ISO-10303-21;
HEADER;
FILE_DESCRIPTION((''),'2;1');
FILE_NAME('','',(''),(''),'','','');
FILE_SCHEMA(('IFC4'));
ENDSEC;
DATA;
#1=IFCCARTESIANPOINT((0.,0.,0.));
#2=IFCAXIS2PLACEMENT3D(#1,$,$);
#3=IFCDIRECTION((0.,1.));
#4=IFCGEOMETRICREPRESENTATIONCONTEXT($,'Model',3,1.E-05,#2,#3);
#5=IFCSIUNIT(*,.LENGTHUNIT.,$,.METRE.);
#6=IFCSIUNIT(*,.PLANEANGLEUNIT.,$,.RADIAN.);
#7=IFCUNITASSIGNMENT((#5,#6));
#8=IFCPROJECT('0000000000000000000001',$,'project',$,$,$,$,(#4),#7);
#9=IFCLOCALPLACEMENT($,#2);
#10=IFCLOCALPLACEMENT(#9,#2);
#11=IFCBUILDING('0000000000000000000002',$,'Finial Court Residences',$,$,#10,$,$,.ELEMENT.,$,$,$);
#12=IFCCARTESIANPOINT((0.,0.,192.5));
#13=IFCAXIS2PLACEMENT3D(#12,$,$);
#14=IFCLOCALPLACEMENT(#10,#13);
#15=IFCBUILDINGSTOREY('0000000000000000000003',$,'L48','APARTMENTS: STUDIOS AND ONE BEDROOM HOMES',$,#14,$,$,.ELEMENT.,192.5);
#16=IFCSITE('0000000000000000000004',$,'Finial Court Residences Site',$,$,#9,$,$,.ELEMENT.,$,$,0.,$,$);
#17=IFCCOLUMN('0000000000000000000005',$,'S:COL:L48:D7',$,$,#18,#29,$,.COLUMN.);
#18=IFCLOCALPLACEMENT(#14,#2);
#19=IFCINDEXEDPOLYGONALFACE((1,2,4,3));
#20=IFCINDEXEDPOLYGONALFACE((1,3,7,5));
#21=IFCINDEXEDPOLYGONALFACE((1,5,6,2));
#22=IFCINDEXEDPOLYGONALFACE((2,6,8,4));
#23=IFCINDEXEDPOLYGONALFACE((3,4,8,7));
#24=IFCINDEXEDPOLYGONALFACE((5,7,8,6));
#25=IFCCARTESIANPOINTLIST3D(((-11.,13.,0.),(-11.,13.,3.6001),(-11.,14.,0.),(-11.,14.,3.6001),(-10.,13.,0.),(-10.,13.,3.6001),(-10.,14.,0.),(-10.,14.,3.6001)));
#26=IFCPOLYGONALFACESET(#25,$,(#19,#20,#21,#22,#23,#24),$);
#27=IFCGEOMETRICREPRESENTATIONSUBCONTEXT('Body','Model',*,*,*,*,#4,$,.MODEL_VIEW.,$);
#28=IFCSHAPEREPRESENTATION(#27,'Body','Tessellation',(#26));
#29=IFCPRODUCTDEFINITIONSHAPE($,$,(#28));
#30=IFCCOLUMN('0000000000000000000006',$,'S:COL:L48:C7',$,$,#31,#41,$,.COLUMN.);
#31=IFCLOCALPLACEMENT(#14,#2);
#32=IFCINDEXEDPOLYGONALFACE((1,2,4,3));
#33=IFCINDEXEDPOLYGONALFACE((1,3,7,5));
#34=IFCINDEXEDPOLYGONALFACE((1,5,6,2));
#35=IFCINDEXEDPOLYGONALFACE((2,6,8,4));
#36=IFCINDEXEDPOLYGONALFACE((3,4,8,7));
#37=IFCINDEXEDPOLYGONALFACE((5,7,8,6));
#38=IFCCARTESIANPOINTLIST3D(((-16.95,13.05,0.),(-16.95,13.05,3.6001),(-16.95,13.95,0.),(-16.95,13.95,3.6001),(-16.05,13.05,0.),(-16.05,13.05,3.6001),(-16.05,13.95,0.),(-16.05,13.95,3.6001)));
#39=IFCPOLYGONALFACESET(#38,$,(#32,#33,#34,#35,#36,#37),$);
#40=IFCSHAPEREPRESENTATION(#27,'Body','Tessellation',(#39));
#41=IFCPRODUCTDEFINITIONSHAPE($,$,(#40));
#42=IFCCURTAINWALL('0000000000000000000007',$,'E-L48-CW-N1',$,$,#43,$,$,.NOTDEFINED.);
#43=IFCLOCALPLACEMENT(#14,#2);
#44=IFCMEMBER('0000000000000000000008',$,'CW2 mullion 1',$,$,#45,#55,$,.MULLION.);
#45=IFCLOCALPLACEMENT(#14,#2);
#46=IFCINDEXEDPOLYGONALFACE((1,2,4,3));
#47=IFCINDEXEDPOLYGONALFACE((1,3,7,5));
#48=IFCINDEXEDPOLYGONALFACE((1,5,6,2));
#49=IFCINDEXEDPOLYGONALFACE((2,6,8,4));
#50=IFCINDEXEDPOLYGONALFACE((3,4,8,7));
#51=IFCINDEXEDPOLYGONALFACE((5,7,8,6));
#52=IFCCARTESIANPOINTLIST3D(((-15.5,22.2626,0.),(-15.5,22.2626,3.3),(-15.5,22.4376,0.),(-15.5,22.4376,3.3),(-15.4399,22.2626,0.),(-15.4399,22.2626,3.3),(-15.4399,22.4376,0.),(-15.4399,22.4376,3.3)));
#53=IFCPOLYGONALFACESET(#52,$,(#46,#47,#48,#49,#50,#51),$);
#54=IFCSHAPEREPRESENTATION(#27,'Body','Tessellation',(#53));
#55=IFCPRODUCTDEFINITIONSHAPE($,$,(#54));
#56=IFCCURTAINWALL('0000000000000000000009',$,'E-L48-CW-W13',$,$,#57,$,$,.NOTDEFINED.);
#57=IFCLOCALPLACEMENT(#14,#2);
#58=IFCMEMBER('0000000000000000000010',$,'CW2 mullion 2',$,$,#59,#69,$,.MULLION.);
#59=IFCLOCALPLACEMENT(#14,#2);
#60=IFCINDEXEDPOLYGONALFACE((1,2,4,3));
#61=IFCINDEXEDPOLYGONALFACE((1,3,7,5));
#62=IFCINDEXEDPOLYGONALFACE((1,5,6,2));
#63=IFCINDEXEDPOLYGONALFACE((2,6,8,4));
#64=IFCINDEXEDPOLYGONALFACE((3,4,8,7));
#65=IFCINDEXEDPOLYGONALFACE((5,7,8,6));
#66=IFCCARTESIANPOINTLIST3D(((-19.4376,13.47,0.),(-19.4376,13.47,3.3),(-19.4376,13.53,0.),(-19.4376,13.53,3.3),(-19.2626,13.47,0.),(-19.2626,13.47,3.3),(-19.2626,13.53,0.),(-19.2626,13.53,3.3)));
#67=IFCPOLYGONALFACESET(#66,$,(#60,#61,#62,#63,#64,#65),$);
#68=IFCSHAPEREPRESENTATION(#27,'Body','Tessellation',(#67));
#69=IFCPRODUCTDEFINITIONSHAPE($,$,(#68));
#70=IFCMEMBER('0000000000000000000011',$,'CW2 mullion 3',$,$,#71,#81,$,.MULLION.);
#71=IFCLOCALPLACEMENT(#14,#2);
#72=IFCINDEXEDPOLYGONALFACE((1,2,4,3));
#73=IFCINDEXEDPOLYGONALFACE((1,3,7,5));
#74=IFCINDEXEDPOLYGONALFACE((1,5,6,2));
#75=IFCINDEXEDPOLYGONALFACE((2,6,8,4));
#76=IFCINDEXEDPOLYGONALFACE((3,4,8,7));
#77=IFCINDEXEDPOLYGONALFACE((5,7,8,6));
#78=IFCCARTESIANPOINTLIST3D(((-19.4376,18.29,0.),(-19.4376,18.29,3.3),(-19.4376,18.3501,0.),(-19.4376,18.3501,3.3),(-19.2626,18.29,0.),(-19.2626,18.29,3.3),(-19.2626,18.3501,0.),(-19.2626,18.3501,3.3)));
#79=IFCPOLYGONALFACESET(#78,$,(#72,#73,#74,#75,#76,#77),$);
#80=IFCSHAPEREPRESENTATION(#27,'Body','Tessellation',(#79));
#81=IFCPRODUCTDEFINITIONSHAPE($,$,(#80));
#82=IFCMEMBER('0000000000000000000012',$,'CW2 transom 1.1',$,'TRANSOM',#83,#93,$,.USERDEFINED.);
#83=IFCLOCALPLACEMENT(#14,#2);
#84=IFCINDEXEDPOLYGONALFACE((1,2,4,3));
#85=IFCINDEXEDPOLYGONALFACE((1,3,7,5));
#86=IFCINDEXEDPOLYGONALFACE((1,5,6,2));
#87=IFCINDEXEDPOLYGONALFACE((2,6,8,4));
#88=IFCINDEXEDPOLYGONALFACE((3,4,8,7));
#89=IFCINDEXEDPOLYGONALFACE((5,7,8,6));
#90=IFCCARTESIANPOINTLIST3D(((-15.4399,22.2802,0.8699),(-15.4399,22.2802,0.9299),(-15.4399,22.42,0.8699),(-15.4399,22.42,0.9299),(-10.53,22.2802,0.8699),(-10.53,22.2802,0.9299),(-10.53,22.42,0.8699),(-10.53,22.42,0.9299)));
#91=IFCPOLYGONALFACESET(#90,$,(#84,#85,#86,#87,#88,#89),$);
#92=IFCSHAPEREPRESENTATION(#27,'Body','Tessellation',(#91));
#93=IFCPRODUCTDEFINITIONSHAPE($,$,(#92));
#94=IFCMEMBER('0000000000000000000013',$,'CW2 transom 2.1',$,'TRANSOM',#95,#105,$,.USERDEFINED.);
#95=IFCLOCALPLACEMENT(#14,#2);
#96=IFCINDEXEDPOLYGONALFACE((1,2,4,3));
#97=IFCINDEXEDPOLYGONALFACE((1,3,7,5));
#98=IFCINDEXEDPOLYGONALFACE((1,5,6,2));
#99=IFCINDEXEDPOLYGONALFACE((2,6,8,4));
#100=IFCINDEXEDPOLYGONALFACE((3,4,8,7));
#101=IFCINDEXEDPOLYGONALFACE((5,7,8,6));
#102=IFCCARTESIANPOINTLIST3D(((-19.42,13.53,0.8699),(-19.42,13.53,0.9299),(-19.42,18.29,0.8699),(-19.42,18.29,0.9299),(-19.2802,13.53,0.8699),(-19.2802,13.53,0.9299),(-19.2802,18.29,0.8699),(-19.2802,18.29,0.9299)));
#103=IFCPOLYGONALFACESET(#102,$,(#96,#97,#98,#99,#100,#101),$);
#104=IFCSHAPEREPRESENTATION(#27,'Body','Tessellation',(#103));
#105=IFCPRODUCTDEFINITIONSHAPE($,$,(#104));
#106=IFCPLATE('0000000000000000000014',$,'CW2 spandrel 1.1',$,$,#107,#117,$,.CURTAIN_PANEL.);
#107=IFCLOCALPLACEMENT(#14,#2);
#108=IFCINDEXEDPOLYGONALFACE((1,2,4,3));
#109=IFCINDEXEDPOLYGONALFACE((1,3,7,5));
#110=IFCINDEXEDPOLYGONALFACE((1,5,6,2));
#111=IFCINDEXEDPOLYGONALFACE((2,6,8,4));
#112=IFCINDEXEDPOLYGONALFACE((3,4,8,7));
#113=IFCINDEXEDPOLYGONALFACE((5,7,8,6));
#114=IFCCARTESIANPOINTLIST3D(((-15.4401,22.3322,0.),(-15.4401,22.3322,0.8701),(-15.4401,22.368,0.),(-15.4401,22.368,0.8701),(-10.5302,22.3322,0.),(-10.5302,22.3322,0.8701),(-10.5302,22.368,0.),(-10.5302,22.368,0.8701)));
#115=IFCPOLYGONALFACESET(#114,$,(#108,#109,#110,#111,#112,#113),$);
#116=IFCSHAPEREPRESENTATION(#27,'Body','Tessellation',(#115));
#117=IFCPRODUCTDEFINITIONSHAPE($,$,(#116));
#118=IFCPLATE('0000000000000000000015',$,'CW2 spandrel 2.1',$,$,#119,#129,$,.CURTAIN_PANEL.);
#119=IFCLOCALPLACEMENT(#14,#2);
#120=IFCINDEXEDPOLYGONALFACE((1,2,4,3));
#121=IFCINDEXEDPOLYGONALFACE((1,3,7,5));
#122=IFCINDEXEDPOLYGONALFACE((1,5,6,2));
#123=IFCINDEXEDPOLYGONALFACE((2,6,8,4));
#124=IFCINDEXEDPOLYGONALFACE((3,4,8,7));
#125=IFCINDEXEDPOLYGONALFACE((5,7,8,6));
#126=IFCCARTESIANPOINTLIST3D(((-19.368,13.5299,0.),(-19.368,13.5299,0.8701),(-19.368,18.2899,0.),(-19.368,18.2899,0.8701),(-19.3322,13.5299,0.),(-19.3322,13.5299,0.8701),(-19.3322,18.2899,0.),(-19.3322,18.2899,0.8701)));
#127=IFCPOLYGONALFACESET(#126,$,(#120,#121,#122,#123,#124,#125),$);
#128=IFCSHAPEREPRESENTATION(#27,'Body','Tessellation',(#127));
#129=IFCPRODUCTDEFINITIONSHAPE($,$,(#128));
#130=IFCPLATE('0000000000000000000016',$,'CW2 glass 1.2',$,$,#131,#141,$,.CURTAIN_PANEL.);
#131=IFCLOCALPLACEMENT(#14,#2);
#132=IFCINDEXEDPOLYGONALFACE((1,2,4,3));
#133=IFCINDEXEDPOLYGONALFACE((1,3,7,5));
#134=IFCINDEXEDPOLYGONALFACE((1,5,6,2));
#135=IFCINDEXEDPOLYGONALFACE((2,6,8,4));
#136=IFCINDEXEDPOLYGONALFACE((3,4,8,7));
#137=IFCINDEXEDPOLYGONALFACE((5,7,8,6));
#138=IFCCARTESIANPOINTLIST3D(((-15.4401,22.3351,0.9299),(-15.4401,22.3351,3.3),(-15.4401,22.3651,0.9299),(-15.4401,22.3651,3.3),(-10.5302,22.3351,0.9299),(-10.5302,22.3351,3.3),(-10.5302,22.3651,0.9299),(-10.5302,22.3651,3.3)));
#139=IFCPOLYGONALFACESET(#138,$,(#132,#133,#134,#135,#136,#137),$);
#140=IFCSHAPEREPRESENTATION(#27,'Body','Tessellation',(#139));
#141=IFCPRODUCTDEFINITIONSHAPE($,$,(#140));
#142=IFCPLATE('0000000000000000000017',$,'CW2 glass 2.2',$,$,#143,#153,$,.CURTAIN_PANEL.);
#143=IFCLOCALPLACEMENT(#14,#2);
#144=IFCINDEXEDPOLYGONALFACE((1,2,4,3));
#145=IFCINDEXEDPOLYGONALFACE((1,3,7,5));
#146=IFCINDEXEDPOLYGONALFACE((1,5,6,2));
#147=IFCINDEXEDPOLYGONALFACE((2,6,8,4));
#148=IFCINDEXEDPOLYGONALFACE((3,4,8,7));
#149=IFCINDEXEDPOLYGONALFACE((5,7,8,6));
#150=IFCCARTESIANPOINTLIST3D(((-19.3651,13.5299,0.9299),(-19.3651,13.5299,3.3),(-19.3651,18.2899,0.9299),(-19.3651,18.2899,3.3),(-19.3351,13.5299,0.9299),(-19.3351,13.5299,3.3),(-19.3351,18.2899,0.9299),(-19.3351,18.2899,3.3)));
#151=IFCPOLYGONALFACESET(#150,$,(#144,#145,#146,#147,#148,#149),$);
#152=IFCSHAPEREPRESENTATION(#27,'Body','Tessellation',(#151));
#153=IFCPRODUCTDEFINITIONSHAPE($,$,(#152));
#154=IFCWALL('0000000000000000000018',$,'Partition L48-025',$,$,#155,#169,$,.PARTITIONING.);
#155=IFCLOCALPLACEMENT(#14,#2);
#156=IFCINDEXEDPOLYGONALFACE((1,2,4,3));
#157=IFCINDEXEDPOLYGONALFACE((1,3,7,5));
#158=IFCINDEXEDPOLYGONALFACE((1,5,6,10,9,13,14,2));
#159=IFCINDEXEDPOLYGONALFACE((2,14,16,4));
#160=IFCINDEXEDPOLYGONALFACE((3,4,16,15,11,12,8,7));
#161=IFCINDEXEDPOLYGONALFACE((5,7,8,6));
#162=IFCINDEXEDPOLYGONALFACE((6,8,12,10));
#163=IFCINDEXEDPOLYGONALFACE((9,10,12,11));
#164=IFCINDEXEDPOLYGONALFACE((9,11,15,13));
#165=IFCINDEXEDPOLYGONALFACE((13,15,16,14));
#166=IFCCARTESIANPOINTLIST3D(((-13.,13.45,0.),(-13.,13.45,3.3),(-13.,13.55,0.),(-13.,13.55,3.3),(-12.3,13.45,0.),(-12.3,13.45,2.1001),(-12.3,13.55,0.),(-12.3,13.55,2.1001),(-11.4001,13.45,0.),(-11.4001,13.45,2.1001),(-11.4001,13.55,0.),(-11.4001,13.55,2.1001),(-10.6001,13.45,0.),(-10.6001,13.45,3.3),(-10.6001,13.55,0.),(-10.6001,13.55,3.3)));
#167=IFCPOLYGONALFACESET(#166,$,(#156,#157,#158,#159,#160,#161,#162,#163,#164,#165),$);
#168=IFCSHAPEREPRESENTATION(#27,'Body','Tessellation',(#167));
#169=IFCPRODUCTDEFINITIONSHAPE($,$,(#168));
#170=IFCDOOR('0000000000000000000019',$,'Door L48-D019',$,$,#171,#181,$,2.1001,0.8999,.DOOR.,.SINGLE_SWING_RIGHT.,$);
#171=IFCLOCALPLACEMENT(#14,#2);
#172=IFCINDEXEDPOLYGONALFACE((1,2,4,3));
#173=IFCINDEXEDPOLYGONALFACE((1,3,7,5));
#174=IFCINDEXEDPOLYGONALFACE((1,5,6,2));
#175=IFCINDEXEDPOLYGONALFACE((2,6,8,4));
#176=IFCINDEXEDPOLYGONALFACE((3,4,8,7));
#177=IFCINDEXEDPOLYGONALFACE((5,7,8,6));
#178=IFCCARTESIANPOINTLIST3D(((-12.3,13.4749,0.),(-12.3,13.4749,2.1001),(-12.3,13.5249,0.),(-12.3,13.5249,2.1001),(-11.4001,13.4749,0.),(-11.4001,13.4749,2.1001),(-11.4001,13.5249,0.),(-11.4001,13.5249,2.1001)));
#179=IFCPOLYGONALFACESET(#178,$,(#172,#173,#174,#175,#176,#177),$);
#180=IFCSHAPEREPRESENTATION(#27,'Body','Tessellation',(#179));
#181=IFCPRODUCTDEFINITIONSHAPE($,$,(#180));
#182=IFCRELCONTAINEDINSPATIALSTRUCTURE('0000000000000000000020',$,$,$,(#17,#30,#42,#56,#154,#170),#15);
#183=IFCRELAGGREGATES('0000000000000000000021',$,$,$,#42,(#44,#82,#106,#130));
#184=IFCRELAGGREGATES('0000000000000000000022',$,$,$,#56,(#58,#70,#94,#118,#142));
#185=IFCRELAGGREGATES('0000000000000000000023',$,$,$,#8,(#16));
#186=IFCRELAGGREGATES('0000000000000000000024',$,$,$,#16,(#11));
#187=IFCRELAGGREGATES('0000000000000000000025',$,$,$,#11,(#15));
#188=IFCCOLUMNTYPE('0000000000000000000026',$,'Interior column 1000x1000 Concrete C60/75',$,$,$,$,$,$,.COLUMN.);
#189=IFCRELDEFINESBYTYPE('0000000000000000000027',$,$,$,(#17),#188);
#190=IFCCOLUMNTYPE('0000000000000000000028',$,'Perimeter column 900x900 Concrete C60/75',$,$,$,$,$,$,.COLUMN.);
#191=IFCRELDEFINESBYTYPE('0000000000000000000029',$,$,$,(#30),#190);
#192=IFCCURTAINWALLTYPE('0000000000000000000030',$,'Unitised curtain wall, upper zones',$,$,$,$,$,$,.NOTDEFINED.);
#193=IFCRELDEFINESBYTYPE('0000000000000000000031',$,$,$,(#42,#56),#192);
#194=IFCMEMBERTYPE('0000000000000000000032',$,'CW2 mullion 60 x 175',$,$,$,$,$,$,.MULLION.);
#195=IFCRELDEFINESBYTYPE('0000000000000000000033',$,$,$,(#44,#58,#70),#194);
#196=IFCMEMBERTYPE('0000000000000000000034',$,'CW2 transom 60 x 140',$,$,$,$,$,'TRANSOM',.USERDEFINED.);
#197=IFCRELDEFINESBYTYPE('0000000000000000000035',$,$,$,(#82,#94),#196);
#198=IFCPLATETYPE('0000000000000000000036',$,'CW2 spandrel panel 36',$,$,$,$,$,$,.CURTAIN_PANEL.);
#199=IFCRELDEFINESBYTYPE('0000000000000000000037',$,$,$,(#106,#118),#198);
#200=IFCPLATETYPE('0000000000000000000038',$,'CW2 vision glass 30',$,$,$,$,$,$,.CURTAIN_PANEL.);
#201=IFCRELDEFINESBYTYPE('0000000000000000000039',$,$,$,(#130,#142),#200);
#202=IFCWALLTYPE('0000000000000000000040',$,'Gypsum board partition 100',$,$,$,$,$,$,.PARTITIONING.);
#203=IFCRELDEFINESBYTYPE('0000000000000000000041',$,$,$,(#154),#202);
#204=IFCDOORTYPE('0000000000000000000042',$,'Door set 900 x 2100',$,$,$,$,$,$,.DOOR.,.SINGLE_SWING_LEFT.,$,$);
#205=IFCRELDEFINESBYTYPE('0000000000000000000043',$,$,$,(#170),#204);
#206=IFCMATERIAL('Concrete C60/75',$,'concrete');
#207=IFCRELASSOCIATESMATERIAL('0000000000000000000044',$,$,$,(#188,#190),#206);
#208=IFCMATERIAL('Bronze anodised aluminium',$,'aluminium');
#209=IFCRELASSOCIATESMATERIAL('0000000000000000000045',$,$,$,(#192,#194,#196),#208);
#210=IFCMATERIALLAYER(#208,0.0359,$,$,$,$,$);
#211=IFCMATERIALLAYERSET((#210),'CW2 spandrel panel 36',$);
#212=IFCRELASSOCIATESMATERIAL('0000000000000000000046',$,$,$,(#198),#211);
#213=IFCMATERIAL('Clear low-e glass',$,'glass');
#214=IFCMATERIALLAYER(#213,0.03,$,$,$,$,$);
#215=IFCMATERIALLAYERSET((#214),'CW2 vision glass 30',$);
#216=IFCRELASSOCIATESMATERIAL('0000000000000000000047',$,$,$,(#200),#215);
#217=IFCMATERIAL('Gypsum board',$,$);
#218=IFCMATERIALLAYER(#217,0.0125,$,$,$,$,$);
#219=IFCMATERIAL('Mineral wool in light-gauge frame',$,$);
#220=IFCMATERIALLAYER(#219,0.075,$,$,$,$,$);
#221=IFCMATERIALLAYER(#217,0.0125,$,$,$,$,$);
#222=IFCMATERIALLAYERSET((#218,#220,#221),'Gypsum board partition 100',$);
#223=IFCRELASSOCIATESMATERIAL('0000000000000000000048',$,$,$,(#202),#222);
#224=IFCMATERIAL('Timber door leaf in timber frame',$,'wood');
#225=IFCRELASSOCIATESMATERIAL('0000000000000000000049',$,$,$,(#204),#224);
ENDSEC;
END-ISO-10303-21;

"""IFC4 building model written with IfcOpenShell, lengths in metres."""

from ifc_helpers import new_model, si_unit, direction, frame, frame_2d, origin, origin_2d, place, context, subcontext, project, spatial, rectangle, extrude, material, layer, layer_set, material_profile, profile_set, type_object, element, fill, aggregate, save


model = new_model("IFC4")

# Units and contexts
model_context = context("Model", 3, precision=1e-05, world=origin(), true_north=direction((0.0, 1.0)))
body_context = subcontext(model_context, "Body", "Model", "MODEL_VIEW")
ifc_project = project(units=[si_unit("LENGTHUNIT", "METRE"), si_unit("PLANEANGLEUNIT", "RADIAN")], contexts=[model_context])

# Site, building, storey
site_placement = place(None, origin())
site = spatial("IfcSite", under=ifc_project, at=site_placement, Name="Finial Court Residences Site", CompositionType="ELEMENT", RefElevation=0.0)
building_placement = place(site_placement, origin())
building = spatial("IfcBuilding", under=site, at=building_placement, Name="Finial Court Residences", CompositionType="ELEMENT")
storey_placement = place(building_placement, frame((0.0, 0.0, 192.5)))
storey = spatial("IfcBuildingStorey", under=building, at=storey_placement, Name="L48", Description="APARTMENTS: STUDIOS AND ONE BEDROOM HOMES", CompositionType="ELEMENT", Elevation=192.5)

# Columns
ifc_material_1 = material(Name="Concrete C60/75", Category="concrete")
ifc_material_profile_1 = material_profile(ifc_material_1, rectangle(XDim=1.0, YDim=1.0, at=origin_2d()), Name="1000x1000")
ifc_profile_set_1 = profile_set([ifc_material_profile_1], Name="Concrete C60/75")
column_type_1 = type_object("IfcColumnType", Name="Interior column 1000x1000 Concrete C60/75", PredefinedType="COLUMN", material=ifc_profile_set_1)
column_1_placement = place(storey_placement, frame((-10.5, 13.5, 0.0), z_axis=(0.0, 0.0, 1.0), x_axis=(1.0, 0.0, 0.0)))
element("IfcColumn", 1, at=column_1_placement, inside=storey, type_object=column_type_1, Name="S:COL:L48:D7", PredefinedType="COLUMN", context=body_context, shape_type="SweptSolid", body=[
    extrude(rectangle(XDim=1.0, YDim=1.0, at=origin_2d()), origin(), (0.0, 0.0, 1.0), 3.6001),
])
ifc_material_profile_2 = material_profile(ifc_material_1, rectangle(XDim=0.8999, YDim=0.8999, at=origin_2d()), Name="900x900")
ifc_profile_set_2 = profile_set([ifc_material_profile_2], Name="Concrete C60/75")
column_type_2 = type_object("IfcColumnType", Name="Perimeter column 900x900 Concrete C60/75", PredefinedType="COLUMN", material=ifc_profile_set_2)
column_2_placement = place(storey_placement, frame((-16.5, 13.5, 0.0), z_axis=(0.0, 0.0, 1.0), x_axis=(1.0, 0.0, 0.0)))
element("IfcColumn", 2, at=column_2_placement, inside=storey, type_object=column_type_2, Name="S:COL:L48:C7", PredefinedType="COLUMN", context=body_context, shape_type="SweptSolid", body=[
    extrude(rectangle(XDim=0.8999, YDim=0.8999, at=origin_2d()), origin(), (0.0, 0.0, 1.0), 3.6001),
])

# Curtain wall, member
ifc_material_2 = material(Name="Bronze anodised aluminium", Category="aluminium")
curtain_wall_type = type_object("IfcCurtainWallType", Name="Unitised curtain wall, upper zones", PredefinedType="NOTDEFINED", material=ifc_material_2)
curtain_wall_1_placement = place(storey_placement, origin())
curtain_wall_1 = element("IfcCurtainWall", 3, at=curtain_wall_1_placement, inside=storey, type_object=curtain_wall_type, Name="E-L48-CW-N1", PredefinedType="NOTDEFINED")
ifc_material_profile_3 = material_profile(ifc_material_2, rectangle(XDim=0.175, YDim=0.0601, at=origin_2d()), Name="CW2 mullion 60 x 175")
ifc_profile_set_3 = profile_set([ifc_material_profile_3], Name="Bronze anodised aluminium")
member_type_1 = type_object("IfcMemberType", Name="CW2 mullion 60 x 175", PredefinedType="MULLION", material=ifc_profile_set_3)
member_1_placement = place(storey_placement, frame((-15.47, 22.3501, 0.0), z_axis=(0.0, 0.0, 1.0), x_axis=(0.0, 1.0, 0.0)))
member_1 = element("IfcMember", 4, at=member_1_placement, type_object=member_type_1, Name="CW2 mullion 1", PredefinedType="MULLION", context=body_context, shape_type="SweptSolid", body=[
    extrude(rectangle(XDim=0.175, YDim=0.0601, at=origin_2d()), origin(), (0.0, 0.0, 1.0), 3.3),
])

# Curtain wall, members
curtain_wall_2_placement = place(storey_placement, origin())
curtain_wall_2 = element("IfcCurtainWall", 5, at=curtain_wall_2_placement, inside=storey, type_object=curtain_wall_type, Name="E-L48-CW-W13", PredefinedType="NOTDEFINED")
member_2_placement = place(storey_placement, frame((-19.3501, 13.5, 0.0), z_axis=(0.0, 0.0, 1.0), x_axis=(-1.0, 0.0, 0.0)))
member_2 = element("IfcMember", 6, at=member_2_placement, type_object=member_type_1, Name="CW2 mullion 2", PredefinedType="MULLION", context=body_context, shape_type="SweptSolid", body=[
    extrude(rectangle(XDim=0.175, YDim=0.0601, at=origin_2d()), origin(), (0.0, 0.0, 1.0), 3.3),
])
member_3_placement = place(storey_placement, frame((-19.3501, 18.3201, 0.0), z_axis=(0.0, 0.0, 1.0), x_axis=(-1.0, 0.0, 0.0)))
member_3 = element("IfcMember", 7, at=member_3_placement, type_object=member_type_1, Name="CW2 mullion 3", PredefinedType="MULLION", context=body_context, shape_type="SweptSolid", body=[
    extrude(rectangle(XDim=0.175, YDim=0.0601, at=origin_2d()), origin(), (0.0, 0.0, 1.0), 3.3),
])

# Members
ifc_material_profile_4 = material_profile(ifc_material_2, rectangle(XDim=0.1399, YDim=0.0601, at=origin_2d()), Name="CW2 transom 60 x 140")
ifc_profile_set_4 = profile_set([ifc_material_profile_4], Name="Bronze anodised aluminium")
member_type_2 = type_object("IfcMemberType", Name="CW2 transom 60 x 140", ElementType="TRANSOM", PredefinedType="USERDEFINED", material=ifc_profile_set_4)
member_4_placement = place(storey_placement, frame((-15.4399, 22.3501, 0.8999), z_axis=(1.0, 0.0, 0.0), x_axis=(0.0, 1.0, 0.0)))
member_4 = element("IfcMember", 8, at=member_4_placement, type_object=member_type_2, Name="CW2 transom 1.1", ObjectType="TRANSOM", PredefinedType="USERDEFINED", context=body_context, shape_type="SweptSolid", body=[
    extrude(rectangle(XDim=0.1399, YDim=0.0601, at=origin_2d()), origin(), (0.0, 0.0, 1.0), 4.9099),
])
member_5_placement = place(storey_placement, frame((-19.3501, 13.53, 0.8999), z_axis=(0.0, 1.0, 0.0), x_axis=(-1.0, 0.0, 0.0)))
member_5 = element("IfcMember", 9, at=member_5_placement, type_object=member_type_2, Name="CW2 transom 2.1", ObjectType="TRANSOM", PredefinedType="USERDEFINED", context=body_context, shape_type="SweptSolid", body=[
    extrude(rectangle(XDim=0.1399, YDim=0.0601, at=origin_2d()), origin(), (0.0, 0.0, 1.0), 4.76),
])

# Plates
ifc_layer_1 = layer(ifc_material_2, 0.0359)
ifc_layer_set_1 = layer_set([ifc_layer_1], Name="CW2 spandrel panel 36")
plate_type_1 = type_object("IfcPlateType", Name="CW2 spandrel panel 36", PredefinedType="CURTAIN_PANEL", material=ifc_layer_set_1)
plate_1_placement = place(storey_placement, frame((-12.9851, 22.3501, 0.0), z_axis=(0.0, 0.0, 1.0), x_axis=(1.0, 0.0, 0.0)))
plate_1 = element("IfcPlate", 10, at=plate_1_placement, type_object=plate_type_1, Name="CW2 spandrel 1.1", PredefinedType="CURTAIN_PANEL", context=body_context, shape_type="SweptSolid", body=[
    extrude(rectangle(XDim=4.9099, YDim=0.0359, at=origin_2d()), origin(), (0.0, 0.0, 1.0), 0.8701),
])
plate_2_placement = place(storey_placement, frame((-19.3501, 15.9099, 0.0), z_axis=(0.0, 0.0, 1.0), x_axis=(0.0, 1.0, 0.0)))
plate_2 = element("IfcPlate", 11, at=plate_2_placement, type_object=plate_type_1, Name="CW2 spandrel 2.1", PredefinedType="CURTAIN_PANEL", context=body_context, shape_type="SweptSolid", body=[
    extrude(rectangle(XDim=4.76, YDim=0.0359, at=origin_2d()), origin(), (0.0, 0.0, 1.0), 0.8701),
])
ifc_material_3 = material(Name="Clear low-e glass", Category="glass")
ifc_layer_2 = layer(ifc_material_3, 0.03)
ifc_layer_set_2 = layer_set([ifc_layer_2], Name="CW2 vision glass 30")
plate_type_2 = type_object("IfcPlateType", Name="CW2 vision glass 30", PredefinedType="CURTAIN_PANEL", material=ifc_layer_set_2)
plate_3_placement = place(storey_placement, frame((-12.9851, 22.3501, 0.9299), z_axis=(0.0, 0.0, 1.0), x_axis=(1.0, 0.0, 0.0)))
plate_3 = element("IfcPlate", 12, at=plate_3_placement, type_object=plate_type_2, Name="CW2 glass 1.2", PredefinedType="CURTAIN_PANEL", context=body_context, shape_type="SweptSolid", body=[
    extrude(rectangle(XDim=4.9099, YDim=0.03, at=origin_2d()), origin(), (0.0, 0.0, 1.0), 2.3701),
])
aggregate(curtain_wall_1, [member_1, member_4, plate_1, plate_3])
plate_4_placement = place(storey_placement, frame((-19.3501, 15.9099, 0.9299), z_axis=(0.0, 0.0, 1.0), x_axis=(0.0, 1.0, 0.0)))
plate_4 = element("IfcPlate", 13, at=plate_4_placement, type_object=plate_type_2, Name="CW2 glass 2.2", PredefinedType="CURTAIN_PANEL", context=body_context, shape_type="SweptSolid", body=[
    extrude(rectangle(XDim=4.76, YDim=0.03, at=origin_2d()), origin(), (0.0, 0.0, 1.0), 2.3701),
])
aggregate(curtain_wall_2, [member_2, member_3, member_5, plate_2, plate_4])

# Wall, opening, door
ifc_material_4 = material(Name="Gypsum board")
ifc_layer_3 = layer(ifc_material_4, 0.0125)
ifc_material_5 = material(Name="Mineral wool in light-gauge frame")
ifc_layer_4 = layer(ifc_material_5, 0.075)
ifc_layer_5 = layer(ifc_material_4, 0.0125)
ifc_layer_set_3 = layer_set([ifc_layer_3, ifc_layer_4, ifc_layer_5], Name="Gypsum board partition 100")
wall_type_1 = type_object("IfcWallType", Name="Gypsum board partition 100", PredefinedType="PARTITIONING", material=ifc_layer_set_3)
wall_1_placement = place(storey_placement, frame((-13.0, 13.5, 0.0), z_axis=(0.0, 0.0, 1.0), x_axis=(1.0, 0.0, 0.0)))
wall_1 = element("IfcWall", 14, at=wall_1_placement, inside=storey, type_object=wall_type_1, Name="Partition L48-025", PredefinedType="PARTITIONING", context=body_context, shape_type="SweptSolid", body=[
    extrude(rectangle(XDim=2.3999, YDim=0.1001, at=frame_2d((1.2, 0.0))), origin(), (0.0, 0.0, 1.0), 3.3),
])
opening_1_placement = place(wall_1_placement, frame((0.7, 0.0, 0.0)))
opening_1 = element("IfcOpeningElement", 15, at=opening_1_placement, cuts=wall_1, PredefinedType="OPENING", context=body_context, shape_type="SweptSolid", body=[
    extrude(rectangle(XDim=0.8999, YDim=2.1001, at=frame_2d((0.45, 1.05))), frame((0.0, 0.0601, 0.0), z_axis=(0.0, -1.0, 0.0), x_axis=(1.0, 0.0, 0.0)), (0.0, 0.0, 1.0), 0.1201),
])
ifc_material_6 = material(Name="Timber door leaf in timber frame", Category="wood")
door_type = type_object("IfcDoorType", Name="Door set 900 x 2100", OperationType="SINGLE_SWING_LEFT", PredefinedType="DOOR", material=ifc_material_6)
door_placement = place(opening_1_placement, origin())
door = element("IfcDoor", 16, at=door_placement, inside=storey, type_object=door_type, Name="Door L48-D019", OperationType="SINGLE_SWING_RIGHT", OverallHeight=2.1001, OverallWidth=0.8999, PredefinedType="DOOR", context=body_context, shape_type="SweptSolid", body=[
    extrude(rectangle(XDim=0.8999, YDim=2.1001, at=frame_2d((0.45, 1.05))), frame((0.0, 0.0249, 0.0), z_axis=(0.0, -1.0, 0.0), x_axis=(1.0, 0.0, 0.0)), (0.0, 0.0, 1.0), 0.05),
])
fill(opening_1, door)

save(model, "model.ifc")
